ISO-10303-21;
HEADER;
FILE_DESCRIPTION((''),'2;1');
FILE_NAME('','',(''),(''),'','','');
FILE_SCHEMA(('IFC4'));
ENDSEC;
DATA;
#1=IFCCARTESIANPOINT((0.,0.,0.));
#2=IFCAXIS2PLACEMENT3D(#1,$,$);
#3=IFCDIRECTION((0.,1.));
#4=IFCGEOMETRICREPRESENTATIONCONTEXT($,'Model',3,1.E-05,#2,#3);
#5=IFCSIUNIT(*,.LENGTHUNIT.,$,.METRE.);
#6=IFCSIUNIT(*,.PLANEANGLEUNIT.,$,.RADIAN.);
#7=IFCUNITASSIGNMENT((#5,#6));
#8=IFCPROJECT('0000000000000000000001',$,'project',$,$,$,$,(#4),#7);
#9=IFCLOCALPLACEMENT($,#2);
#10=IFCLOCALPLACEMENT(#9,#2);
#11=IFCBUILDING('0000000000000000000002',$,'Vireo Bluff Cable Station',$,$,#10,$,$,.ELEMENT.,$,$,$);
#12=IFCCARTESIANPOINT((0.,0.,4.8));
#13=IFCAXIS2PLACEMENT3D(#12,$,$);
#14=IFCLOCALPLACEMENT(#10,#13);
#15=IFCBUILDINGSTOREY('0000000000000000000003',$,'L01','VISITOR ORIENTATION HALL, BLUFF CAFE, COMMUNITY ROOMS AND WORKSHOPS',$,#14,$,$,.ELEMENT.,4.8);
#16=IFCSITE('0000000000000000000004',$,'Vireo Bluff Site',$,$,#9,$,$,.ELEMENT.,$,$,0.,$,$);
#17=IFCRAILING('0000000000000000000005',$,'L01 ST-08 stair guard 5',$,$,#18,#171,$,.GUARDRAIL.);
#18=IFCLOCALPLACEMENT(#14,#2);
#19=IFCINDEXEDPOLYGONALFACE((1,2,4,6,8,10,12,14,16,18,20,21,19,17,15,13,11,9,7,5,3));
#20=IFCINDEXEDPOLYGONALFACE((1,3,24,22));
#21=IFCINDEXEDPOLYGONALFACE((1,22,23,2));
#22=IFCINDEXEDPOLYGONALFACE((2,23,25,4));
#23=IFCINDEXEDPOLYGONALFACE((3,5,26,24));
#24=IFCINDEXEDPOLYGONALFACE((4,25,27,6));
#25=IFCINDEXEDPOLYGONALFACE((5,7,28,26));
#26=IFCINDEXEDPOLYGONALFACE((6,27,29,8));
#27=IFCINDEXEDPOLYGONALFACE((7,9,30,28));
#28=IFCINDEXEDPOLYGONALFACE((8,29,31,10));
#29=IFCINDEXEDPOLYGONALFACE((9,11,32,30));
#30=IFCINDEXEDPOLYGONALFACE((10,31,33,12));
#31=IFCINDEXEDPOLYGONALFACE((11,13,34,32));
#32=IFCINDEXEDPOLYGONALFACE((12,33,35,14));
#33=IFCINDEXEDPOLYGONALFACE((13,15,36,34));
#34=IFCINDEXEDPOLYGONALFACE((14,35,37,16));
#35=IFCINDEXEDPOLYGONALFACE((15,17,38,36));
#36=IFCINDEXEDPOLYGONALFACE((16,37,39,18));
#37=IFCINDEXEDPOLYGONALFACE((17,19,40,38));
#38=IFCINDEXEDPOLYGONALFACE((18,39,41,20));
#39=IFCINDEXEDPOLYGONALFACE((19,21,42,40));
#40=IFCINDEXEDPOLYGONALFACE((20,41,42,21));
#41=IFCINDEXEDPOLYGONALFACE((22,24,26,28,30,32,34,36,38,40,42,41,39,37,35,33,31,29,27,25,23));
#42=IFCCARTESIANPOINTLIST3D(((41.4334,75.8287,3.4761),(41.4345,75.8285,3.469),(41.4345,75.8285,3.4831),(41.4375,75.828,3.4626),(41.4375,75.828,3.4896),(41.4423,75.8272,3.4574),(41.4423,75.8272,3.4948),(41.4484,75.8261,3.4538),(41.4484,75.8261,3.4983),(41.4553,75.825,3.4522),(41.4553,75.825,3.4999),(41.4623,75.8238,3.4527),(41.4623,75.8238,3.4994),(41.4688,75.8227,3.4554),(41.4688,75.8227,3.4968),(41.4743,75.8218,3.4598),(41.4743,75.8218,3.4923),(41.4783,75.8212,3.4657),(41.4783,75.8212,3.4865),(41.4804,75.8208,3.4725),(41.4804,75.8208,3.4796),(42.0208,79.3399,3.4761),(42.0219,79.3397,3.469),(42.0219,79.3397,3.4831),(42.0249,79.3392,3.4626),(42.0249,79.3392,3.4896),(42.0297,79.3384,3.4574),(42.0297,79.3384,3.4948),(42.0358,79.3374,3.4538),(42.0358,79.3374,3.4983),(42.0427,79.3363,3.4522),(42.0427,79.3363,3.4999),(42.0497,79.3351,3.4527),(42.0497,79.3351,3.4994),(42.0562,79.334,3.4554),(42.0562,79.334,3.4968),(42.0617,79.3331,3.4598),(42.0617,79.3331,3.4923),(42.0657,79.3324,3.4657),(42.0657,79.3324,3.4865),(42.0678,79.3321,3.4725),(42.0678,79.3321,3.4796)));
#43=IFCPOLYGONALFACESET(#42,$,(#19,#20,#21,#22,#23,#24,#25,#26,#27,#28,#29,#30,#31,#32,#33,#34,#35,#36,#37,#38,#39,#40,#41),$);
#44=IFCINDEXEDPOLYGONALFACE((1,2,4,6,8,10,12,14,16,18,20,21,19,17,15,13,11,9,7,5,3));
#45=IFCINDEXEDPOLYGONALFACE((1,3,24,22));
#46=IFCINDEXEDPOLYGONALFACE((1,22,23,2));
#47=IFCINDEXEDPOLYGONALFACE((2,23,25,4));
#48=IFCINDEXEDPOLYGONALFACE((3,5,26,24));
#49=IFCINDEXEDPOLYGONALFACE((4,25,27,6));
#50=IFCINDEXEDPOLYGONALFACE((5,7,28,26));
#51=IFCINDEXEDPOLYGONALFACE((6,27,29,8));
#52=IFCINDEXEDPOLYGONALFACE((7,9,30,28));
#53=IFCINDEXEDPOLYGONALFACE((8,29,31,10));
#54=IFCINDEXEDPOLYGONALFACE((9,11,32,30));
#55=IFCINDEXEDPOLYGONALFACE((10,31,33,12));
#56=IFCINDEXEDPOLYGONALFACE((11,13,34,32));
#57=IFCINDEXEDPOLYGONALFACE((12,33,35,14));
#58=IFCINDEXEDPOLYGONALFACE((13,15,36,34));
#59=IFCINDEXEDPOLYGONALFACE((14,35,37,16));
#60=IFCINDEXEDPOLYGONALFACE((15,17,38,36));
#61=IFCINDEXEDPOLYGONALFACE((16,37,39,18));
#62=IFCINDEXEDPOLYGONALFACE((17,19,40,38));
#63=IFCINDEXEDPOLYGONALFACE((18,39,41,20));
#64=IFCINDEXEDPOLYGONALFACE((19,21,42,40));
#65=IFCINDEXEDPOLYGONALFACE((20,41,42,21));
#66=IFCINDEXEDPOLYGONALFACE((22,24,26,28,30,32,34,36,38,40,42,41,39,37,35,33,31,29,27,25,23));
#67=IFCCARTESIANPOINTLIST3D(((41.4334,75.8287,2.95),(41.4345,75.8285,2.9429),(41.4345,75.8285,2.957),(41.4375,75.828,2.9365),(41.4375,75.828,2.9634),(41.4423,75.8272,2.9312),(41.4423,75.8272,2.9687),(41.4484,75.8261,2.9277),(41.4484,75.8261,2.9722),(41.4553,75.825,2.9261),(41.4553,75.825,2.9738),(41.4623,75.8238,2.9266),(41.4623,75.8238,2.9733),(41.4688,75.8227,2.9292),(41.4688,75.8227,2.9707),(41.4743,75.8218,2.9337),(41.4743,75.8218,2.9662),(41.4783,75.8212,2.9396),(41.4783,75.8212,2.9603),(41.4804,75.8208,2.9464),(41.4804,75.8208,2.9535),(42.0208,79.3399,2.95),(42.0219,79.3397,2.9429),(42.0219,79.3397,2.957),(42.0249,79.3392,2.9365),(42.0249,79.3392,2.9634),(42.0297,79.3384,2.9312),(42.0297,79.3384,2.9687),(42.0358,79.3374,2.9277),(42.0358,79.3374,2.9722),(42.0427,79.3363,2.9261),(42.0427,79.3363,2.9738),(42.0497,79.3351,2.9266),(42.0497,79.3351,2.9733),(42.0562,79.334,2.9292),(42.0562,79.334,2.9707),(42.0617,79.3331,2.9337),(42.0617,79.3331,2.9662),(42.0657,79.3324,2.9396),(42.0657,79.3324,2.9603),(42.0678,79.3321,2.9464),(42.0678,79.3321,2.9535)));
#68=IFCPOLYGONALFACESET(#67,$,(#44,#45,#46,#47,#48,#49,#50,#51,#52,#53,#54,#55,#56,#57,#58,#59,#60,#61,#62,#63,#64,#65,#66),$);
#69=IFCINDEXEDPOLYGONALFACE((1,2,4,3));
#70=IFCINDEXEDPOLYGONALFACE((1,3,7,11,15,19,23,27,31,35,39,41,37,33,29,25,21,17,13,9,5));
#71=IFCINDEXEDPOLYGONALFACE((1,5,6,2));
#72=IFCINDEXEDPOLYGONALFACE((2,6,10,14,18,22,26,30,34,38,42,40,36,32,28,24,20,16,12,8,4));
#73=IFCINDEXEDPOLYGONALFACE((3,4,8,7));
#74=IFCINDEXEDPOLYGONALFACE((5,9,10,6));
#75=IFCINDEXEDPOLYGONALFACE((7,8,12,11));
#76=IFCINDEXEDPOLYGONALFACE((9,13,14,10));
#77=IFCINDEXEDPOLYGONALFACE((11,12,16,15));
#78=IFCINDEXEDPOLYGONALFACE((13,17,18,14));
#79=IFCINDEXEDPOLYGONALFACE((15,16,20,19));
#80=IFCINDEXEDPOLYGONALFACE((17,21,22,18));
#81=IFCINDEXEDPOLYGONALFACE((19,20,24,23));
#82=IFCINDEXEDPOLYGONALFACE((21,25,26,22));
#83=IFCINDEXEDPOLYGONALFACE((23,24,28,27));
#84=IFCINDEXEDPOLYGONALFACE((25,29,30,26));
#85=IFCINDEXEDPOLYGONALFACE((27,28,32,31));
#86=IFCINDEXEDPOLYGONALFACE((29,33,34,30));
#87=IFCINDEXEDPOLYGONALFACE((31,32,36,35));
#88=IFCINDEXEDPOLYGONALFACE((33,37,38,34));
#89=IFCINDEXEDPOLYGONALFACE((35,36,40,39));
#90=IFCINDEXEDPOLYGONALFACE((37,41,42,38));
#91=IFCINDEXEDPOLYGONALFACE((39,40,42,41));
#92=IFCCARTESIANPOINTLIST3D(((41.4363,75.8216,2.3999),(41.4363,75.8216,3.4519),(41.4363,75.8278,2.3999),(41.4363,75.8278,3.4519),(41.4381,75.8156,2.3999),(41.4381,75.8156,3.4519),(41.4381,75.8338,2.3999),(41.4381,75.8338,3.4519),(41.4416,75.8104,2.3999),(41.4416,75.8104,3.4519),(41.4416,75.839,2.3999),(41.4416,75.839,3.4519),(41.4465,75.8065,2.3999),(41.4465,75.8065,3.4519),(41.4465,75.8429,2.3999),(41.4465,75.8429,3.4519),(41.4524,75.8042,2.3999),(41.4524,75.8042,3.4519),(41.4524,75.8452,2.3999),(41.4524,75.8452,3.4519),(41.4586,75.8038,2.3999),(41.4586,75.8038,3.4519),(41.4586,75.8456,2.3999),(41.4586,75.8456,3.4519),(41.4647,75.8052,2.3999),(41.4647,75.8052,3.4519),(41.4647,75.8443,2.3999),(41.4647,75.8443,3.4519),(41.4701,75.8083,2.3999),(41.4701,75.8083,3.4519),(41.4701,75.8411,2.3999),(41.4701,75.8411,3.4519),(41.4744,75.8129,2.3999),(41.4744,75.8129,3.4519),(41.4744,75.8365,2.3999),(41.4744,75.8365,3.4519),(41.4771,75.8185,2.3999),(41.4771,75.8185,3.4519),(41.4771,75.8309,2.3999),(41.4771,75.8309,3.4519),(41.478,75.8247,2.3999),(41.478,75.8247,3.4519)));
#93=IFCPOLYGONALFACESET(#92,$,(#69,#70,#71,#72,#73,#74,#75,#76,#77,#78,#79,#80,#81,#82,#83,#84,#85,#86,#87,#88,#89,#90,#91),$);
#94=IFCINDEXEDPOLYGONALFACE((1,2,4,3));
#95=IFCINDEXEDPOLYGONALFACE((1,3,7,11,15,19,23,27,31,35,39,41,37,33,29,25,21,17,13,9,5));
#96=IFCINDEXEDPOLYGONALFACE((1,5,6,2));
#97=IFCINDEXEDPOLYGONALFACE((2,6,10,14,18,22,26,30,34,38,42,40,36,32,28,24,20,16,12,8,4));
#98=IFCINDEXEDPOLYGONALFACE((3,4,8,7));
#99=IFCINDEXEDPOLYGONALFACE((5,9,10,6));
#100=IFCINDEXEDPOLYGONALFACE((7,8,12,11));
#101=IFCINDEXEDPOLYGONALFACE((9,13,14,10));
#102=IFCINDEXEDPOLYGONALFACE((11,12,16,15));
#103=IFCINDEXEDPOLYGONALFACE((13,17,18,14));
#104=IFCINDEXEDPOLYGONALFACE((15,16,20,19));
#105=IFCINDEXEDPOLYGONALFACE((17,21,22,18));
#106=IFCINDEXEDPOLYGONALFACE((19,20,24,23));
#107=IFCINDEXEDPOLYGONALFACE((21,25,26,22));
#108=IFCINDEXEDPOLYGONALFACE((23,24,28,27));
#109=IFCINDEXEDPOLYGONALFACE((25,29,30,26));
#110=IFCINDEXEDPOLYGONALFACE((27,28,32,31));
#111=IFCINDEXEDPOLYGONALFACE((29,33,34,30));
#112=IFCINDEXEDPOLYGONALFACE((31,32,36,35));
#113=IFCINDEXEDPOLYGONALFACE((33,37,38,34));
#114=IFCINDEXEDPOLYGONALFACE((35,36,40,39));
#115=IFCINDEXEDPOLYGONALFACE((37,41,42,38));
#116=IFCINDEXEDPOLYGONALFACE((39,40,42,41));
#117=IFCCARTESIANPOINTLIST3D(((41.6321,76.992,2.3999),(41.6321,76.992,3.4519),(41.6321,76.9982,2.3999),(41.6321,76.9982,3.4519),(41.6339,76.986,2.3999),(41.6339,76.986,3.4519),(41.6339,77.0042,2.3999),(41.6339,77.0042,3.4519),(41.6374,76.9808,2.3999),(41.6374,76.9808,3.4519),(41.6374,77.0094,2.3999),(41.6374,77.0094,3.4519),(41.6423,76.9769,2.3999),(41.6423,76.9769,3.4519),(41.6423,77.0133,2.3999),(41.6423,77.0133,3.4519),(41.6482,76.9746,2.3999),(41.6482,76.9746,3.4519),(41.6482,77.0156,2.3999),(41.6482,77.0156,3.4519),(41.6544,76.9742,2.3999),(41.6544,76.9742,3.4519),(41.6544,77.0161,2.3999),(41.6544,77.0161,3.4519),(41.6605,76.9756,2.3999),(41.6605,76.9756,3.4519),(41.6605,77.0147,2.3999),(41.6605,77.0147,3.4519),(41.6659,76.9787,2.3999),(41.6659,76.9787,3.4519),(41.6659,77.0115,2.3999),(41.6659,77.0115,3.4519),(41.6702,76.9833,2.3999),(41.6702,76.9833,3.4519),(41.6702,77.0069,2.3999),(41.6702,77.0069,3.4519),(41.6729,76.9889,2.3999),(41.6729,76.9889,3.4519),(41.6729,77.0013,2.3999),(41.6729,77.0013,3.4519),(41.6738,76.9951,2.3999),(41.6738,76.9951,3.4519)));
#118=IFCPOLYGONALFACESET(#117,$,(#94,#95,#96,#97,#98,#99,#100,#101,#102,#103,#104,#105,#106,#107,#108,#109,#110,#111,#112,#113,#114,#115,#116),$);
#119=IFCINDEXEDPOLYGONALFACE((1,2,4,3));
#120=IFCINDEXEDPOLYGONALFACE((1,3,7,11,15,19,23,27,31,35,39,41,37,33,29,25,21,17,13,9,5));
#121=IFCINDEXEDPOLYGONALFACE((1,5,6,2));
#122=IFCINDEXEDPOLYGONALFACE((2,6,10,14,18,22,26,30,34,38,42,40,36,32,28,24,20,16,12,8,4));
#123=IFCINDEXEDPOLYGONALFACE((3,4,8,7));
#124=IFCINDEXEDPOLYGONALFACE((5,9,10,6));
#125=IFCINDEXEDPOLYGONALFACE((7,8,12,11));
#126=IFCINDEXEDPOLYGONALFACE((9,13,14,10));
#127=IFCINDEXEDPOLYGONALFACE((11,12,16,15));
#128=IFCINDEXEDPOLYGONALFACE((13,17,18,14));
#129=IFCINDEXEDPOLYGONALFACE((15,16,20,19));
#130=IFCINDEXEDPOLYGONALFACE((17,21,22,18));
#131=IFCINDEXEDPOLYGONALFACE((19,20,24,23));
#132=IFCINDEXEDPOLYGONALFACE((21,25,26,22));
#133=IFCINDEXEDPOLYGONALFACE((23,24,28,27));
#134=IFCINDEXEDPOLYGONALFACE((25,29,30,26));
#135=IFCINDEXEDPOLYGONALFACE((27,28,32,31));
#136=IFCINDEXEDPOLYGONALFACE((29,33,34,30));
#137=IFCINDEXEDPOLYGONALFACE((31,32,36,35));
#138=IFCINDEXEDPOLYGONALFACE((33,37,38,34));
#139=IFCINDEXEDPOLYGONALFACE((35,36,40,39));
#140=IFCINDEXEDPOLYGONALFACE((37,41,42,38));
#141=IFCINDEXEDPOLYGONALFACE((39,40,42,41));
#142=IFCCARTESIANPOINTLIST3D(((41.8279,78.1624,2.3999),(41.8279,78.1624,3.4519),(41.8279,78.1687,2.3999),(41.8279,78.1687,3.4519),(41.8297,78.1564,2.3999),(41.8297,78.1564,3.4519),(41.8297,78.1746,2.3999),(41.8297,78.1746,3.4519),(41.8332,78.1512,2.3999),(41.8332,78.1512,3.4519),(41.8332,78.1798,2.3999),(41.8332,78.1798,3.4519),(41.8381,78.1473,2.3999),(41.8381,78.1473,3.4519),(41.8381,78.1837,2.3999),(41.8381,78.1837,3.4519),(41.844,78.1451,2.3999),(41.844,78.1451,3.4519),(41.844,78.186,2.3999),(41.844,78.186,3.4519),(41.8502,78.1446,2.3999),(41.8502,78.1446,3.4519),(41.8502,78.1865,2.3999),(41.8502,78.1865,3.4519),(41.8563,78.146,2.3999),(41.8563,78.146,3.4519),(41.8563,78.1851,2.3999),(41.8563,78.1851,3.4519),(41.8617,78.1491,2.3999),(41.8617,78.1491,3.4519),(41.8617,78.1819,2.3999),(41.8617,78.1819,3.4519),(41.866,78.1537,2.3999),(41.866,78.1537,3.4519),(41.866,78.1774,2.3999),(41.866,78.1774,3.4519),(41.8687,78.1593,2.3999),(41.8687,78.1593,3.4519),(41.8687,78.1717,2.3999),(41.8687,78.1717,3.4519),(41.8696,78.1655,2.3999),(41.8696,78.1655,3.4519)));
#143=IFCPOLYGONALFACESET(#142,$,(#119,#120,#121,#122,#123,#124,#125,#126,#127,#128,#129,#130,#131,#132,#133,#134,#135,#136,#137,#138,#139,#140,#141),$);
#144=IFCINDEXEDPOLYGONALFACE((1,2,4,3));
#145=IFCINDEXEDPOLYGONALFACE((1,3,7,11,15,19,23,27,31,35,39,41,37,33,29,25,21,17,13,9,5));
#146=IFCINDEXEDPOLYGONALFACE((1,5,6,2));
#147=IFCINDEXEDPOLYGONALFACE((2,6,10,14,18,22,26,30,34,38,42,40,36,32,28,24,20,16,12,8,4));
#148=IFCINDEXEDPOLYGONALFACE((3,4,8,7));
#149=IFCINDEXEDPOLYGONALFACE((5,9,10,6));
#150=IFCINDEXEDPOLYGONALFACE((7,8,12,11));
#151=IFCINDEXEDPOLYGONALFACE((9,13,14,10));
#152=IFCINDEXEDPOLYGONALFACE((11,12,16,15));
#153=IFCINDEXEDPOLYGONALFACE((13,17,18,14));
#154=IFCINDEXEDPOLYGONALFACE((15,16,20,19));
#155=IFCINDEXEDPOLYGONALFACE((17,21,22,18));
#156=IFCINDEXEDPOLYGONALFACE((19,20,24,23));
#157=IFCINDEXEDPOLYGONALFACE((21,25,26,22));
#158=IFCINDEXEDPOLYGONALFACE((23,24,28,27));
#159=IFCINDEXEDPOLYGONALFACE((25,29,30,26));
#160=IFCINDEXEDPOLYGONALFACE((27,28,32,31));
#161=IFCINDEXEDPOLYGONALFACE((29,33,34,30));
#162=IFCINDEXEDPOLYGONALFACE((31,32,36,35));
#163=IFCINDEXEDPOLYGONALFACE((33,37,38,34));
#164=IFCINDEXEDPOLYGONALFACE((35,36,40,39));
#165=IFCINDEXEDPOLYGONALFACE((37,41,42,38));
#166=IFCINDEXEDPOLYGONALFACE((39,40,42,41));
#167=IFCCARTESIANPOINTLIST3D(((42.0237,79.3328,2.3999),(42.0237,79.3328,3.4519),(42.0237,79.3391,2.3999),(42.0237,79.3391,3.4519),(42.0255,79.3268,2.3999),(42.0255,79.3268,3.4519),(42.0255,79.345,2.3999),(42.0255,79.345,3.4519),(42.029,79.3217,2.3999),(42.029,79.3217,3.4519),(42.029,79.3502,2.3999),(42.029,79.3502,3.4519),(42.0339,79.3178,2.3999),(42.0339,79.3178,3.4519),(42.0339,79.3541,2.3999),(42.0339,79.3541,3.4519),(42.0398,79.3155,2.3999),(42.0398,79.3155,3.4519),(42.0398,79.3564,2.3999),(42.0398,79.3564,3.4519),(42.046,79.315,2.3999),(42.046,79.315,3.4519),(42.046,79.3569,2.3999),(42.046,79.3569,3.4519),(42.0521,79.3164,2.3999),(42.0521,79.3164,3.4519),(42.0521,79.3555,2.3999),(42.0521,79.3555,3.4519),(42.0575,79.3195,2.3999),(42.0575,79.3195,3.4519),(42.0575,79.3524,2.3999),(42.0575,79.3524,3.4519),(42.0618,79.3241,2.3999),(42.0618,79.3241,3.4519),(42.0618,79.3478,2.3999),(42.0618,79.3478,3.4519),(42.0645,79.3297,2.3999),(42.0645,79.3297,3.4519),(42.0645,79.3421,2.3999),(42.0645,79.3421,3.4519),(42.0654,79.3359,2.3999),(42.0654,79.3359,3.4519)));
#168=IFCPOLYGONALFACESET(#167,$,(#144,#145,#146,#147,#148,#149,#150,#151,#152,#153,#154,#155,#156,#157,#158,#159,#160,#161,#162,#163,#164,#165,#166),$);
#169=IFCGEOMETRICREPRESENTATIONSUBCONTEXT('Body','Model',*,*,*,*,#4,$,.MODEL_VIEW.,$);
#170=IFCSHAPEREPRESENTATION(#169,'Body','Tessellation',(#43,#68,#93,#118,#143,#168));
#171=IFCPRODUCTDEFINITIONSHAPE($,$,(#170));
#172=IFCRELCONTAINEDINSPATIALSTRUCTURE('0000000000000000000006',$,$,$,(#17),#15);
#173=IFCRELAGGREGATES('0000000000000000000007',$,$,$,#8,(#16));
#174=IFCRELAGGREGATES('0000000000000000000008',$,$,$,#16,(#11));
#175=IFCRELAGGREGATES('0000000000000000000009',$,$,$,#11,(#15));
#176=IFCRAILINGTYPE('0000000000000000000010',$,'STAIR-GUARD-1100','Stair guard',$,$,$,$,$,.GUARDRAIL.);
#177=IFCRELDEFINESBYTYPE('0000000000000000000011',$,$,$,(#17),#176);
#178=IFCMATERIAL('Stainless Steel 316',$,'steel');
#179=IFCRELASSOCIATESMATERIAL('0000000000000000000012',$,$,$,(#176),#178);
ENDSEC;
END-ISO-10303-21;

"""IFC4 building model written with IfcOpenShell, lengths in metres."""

from ifc_helpers import new_model, si_unit, direction, frame, origin, origin_2d, place, context, subcontext, project, spatial, circle, extrude, material, type_object, element, save


model = new_model("IFC4")

# Units and contexts
model_context = context("Model", 3, precision=1e-05, world=origin(), true_north=direction((0.0, 1.0)))
body_context = subcontext(model_context, "Body", "Model", "MODEL_VIEW")
ifc_project = project(units=[si_unit("LENGTHUNIT", "METRE"), si_unit("PLANEANGLEUNIT", "RADIAN")], contexts=[model_context])

# Site, building, storey
site_placement = place(None, origin())
site = spatial("IfcSite", under=ifc_project, at=site_placement, Name="Vireo Bluff Site", CompositionType="ELEMENT", RefElevation=0.0)
building_placement = place(site_placement, origin())
building = spatial("IfcBuilding", under=site, at=building_placement, Name="Vireo Bluff Cable Station", CompositionType="ELEMENT")
storey_placement = place(building_placement, frame((0.0, 0.0, 4.8)))
storey = spatial("IfcBuildingStorey", under=building, at=storey_placement, Name="L01", Description="VISITOR ORIENTATION HALL, BLUFF CAFE, COMMUNITY ROOMS AND WORKSHOPS", CompositionType="ELEMENT", Elevation=4.8)

# Railing
ifc_material_1 = material(Name="Stainless Steel 316", Category="steel")
railing_type_1 = type_object("IfcRailingType", Name="STAIR-GUARD-1100", Description="Stair guard", PredefinedType="GUARDRAIL", material=ifc_material_1)
railing_1_placement = place(storey_placement, frame((41.457, 75.8247, 2.3999)))
element("IfcRailing", 1, at=railing_1_placement, inside=storey, type_object=railing_type_1, Name="L01 ST-08 stair guard 5", PredefinedType="GUARDRAIL", context=body_context, shape_type="SweptSolid", body=[
    extrude(circle(Radius=0.0239, at=origin_2d()), frame((0.0, 0.0, 1.0762), z_axis=(0.164999, 0.986294, 0.0), x_axis=(-0.986294, 0.164999, 0.0)), (0.0, 0.0, 1.0), 3.5601),
    extrude(circle(Radius=0.0239, at=origin_2d()), frame((0.0, 0.0, 0.55), z_axis=(0.164999, 0.986294, 0.0), x_axis=(-0.986294, 0.164999, 0.0)), (0.0, 0.0, 1.0), 3.5601),
    extrude(circle(Radius=0.021, at=origin_2d()), origin(), (0.0, 0.0, 1.0), 1.052),
    extrude(circle(Radius=0.021, at=origin_2d()), frame((0.1958, 1.1704, 0.0)), (0.0, 0.0, 1.0), 1.052),
    extrude(circle(Radius=0.021, at=origin_2d()), frame((0.3916, 2.3408, 0.0)), (0.0, 0.0, 1.0), 1.052),
    extrude(circle(Radius=0.021, at=origin_2d()), frame((0.5874, 3.5112, 0.0)), (0.0, 0.0, 1.0), 1.052),
])

save(model, "model.ifc")
